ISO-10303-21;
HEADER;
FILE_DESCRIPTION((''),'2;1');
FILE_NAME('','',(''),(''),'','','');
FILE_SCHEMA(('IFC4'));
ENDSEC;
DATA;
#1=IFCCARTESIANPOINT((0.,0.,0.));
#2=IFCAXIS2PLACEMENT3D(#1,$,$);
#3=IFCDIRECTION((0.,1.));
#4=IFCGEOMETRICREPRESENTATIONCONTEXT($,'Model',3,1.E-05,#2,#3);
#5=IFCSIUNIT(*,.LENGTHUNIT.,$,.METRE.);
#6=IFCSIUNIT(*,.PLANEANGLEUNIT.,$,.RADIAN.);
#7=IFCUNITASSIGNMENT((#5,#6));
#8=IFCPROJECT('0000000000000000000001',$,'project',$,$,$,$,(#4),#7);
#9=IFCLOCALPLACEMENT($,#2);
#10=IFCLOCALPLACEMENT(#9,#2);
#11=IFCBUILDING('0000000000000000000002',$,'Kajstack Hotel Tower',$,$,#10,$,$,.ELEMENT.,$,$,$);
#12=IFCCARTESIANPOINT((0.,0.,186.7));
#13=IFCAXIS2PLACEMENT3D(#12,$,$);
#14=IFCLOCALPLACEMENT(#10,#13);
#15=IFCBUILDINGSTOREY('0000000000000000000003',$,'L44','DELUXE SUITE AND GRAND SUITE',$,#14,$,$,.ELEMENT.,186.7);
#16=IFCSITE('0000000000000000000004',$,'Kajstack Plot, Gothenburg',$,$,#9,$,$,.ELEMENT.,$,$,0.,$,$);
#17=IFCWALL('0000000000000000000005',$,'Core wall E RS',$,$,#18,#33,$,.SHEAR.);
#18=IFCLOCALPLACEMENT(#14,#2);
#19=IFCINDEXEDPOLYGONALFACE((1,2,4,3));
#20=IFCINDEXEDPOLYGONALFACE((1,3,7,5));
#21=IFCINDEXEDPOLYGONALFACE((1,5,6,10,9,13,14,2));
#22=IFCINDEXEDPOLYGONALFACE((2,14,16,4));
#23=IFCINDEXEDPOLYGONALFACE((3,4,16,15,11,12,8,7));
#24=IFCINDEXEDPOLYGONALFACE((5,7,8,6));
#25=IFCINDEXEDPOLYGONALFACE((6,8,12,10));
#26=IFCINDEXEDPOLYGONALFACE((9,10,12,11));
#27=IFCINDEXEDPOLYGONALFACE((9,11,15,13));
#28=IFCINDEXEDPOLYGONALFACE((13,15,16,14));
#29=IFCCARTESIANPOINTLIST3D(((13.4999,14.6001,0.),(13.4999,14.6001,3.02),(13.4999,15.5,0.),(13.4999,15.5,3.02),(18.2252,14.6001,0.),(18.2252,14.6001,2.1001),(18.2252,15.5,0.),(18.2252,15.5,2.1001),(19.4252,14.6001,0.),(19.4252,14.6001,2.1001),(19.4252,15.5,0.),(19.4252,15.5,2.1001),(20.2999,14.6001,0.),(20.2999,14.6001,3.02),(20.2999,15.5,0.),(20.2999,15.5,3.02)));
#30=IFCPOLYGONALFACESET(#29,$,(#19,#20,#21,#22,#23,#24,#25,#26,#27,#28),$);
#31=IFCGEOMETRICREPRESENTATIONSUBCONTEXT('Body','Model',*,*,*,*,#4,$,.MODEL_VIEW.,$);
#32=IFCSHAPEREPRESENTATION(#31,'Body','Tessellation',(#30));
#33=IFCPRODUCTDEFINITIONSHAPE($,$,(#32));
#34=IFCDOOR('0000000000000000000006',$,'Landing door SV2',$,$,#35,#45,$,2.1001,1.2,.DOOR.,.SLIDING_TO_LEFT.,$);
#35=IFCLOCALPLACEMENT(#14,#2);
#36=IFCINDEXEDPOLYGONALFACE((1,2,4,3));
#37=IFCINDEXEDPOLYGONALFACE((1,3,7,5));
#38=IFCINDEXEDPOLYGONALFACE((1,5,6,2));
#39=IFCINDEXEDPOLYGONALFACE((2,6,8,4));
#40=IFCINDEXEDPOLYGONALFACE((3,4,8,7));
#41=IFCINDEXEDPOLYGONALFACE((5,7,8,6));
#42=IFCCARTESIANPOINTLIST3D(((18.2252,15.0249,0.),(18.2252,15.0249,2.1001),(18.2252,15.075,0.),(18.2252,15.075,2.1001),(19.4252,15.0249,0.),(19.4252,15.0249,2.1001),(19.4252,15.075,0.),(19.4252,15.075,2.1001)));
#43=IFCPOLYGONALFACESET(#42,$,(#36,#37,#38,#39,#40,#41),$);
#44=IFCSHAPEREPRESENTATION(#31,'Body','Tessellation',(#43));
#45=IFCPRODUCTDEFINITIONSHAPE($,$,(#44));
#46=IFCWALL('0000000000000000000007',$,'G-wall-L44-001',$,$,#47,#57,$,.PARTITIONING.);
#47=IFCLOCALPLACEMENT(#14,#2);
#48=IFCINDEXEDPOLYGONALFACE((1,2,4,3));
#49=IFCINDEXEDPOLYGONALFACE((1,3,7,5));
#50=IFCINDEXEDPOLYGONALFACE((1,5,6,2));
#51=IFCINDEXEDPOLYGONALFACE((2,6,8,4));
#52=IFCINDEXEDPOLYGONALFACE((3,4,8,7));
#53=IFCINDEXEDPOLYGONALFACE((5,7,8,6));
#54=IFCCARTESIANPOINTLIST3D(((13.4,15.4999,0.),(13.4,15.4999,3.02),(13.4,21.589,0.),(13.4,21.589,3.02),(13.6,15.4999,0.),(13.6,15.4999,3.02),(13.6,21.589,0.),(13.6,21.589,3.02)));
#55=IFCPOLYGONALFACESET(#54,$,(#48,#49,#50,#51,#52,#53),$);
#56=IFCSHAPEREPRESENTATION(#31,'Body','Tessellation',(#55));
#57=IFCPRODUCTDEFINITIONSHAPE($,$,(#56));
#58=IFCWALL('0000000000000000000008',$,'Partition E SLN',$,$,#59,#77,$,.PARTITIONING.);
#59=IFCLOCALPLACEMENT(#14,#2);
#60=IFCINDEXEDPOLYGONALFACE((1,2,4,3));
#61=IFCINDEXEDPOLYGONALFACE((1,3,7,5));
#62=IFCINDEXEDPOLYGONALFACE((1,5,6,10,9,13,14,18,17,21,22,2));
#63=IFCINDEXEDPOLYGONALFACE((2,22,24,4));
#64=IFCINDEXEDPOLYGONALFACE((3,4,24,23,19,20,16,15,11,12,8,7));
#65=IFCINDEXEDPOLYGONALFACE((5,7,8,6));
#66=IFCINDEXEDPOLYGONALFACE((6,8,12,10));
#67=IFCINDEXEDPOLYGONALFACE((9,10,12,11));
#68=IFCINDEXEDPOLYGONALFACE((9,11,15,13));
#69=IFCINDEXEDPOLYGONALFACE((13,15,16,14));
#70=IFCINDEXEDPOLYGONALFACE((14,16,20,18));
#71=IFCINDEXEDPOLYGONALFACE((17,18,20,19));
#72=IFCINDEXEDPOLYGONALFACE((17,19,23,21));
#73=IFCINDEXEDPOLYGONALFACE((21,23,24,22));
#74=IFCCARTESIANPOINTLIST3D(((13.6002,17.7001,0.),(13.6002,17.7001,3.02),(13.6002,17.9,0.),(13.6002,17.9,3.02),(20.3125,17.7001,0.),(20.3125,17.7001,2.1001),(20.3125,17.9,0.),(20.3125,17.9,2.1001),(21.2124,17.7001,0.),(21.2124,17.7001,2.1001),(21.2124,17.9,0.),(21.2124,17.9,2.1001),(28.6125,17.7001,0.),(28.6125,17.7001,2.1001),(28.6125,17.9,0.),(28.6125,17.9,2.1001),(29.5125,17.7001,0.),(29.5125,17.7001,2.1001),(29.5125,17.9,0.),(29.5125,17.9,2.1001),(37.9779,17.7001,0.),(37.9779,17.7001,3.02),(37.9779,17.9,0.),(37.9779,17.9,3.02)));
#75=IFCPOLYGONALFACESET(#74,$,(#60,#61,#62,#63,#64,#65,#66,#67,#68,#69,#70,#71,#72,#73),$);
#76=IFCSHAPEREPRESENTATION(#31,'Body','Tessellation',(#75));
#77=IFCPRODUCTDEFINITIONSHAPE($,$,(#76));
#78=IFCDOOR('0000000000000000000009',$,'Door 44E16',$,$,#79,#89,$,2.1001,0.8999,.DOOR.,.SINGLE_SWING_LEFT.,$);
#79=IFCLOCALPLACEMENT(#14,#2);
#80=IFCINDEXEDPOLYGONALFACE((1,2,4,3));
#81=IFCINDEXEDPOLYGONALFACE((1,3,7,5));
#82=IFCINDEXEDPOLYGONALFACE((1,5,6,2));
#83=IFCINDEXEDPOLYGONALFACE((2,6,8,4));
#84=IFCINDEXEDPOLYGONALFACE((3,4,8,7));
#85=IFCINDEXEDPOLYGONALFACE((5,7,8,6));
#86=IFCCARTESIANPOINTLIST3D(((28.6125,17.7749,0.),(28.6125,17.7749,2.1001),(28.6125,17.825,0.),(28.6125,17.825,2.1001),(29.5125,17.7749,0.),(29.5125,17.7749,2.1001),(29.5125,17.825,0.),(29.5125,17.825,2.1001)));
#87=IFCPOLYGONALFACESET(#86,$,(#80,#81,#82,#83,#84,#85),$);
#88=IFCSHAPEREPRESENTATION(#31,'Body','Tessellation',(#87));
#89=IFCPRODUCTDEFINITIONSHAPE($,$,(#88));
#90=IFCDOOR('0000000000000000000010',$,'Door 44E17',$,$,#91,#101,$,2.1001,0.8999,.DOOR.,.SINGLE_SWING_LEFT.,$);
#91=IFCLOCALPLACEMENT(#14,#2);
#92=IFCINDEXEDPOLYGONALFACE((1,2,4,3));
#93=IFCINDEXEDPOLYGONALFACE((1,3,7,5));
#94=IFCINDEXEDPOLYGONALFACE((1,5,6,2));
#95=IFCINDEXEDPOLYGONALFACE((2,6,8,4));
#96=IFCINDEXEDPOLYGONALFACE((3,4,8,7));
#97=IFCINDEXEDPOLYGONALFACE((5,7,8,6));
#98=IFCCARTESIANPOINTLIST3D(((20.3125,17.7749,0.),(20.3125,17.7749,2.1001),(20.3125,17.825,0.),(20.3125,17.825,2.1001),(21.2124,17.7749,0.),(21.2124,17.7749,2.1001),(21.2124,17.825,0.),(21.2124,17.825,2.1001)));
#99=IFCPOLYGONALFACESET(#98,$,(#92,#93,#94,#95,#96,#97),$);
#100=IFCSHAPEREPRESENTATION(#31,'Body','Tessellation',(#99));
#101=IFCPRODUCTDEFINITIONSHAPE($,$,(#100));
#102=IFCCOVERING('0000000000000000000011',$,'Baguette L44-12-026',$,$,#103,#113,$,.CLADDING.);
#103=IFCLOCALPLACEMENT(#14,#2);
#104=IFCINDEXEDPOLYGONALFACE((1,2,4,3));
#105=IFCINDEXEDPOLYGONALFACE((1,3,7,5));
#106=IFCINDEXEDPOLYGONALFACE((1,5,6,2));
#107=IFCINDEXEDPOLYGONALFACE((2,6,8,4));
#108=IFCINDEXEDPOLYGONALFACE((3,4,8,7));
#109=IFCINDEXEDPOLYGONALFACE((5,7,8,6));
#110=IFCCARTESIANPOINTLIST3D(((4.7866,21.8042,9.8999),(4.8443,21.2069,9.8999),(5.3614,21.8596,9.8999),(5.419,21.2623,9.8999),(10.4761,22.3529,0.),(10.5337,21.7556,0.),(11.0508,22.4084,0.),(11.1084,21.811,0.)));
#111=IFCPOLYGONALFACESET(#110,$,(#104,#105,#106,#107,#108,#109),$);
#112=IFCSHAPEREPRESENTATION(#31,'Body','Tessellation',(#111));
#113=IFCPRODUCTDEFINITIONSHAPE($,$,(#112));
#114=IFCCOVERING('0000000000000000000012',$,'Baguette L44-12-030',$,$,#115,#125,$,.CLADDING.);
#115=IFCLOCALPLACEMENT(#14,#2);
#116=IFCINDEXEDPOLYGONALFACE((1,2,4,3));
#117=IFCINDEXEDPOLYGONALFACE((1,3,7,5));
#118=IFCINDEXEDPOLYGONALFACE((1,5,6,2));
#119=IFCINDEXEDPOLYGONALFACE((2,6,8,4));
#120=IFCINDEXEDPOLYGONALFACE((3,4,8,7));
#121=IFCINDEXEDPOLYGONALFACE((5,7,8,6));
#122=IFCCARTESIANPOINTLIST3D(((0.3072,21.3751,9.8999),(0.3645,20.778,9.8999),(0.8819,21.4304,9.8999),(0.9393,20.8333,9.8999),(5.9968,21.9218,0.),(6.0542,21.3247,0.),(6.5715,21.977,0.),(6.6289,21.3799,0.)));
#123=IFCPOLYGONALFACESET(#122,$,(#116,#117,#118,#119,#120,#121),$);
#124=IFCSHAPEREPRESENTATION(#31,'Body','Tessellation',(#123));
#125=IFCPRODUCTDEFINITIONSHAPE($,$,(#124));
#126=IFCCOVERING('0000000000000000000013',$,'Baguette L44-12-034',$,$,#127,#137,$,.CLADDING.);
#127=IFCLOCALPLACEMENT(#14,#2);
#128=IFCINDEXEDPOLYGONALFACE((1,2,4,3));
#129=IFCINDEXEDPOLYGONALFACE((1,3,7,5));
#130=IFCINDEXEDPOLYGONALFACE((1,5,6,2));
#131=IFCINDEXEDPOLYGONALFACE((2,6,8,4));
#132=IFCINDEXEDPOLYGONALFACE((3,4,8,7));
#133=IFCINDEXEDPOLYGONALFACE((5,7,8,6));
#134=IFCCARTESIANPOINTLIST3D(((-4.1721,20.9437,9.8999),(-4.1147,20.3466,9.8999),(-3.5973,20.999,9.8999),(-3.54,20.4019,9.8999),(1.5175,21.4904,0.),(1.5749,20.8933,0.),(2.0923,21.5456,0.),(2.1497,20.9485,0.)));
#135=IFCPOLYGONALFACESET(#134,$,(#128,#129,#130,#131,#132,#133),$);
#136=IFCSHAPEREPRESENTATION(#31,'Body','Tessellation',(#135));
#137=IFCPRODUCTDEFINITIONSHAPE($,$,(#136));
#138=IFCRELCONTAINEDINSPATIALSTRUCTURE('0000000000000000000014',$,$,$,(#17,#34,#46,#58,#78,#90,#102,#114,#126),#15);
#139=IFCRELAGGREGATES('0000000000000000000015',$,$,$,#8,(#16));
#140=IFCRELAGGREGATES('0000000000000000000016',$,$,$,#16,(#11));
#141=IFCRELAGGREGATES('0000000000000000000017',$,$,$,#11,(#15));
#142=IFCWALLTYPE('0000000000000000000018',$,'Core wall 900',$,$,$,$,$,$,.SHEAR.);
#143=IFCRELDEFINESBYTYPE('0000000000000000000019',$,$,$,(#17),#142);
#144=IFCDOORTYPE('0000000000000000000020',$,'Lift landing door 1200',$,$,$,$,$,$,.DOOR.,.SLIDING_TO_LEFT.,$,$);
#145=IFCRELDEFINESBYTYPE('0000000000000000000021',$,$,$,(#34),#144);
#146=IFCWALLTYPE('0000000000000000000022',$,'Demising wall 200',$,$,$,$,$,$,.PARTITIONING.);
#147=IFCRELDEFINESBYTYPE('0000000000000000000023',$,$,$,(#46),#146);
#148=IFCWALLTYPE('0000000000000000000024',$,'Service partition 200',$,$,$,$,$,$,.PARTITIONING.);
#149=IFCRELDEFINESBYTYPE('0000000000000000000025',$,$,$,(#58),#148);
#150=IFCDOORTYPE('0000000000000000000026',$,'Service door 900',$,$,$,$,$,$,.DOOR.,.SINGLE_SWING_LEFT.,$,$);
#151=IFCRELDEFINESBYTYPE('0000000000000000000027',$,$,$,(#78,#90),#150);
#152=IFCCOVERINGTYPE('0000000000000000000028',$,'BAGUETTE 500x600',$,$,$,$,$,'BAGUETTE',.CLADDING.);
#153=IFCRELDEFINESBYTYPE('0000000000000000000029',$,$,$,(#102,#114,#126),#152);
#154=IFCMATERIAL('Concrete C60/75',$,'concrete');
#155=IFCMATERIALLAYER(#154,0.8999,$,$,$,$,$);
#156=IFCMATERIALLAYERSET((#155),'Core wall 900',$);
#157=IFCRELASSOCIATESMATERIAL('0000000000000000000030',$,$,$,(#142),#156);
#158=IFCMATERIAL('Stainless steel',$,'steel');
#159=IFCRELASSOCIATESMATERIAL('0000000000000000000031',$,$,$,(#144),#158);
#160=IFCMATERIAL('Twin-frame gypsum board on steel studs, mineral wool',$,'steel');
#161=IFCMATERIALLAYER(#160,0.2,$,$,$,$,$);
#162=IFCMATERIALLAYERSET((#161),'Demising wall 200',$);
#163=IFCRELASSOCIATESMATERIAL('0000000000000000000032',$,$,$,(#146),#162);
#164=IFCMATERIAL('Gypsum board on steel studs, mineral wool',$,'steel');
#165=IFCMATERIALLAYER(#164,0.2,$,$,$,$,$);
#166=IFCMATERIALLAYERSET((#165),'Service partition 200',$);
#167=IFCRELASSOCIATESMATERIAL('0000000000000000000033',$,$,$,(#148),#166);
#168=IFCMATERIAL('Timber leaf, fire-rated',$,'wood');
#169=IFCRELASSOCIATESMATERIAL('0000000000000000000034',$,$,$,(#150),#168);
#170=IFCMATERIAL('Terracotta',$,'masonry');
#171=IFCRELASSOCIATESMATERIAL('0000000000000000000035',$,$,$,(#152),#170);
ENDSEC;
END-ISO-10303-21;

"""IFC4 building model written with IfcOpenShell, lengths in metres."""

from ifc_helpers import new_model, si_unit, direction, frame, frame_2d, origin, origin_2d, place, context, subcontext, project, spatial, polyline, rectangle, outline, extrude, material, layer, layer_set, material_profile, profile_set, type_object, element, fill, save


model = new_model("IFC4")

# Units and contexts
model_context = context("Model", 3, precision=1e-05, world=origin(), true_north=direction((0.0, 1.0)))
body_context = subcontext(model_context, "Body", "Model", "MODEL_VIEW")
ifc_project = project(units=[si_unit("LENGTHUNIT", "METRE"), si_unit("PLANEANGLEUNIT", "RADIAN")], contexts=[model_context])

# Site, building, storey
site_placement = place(None, origin())
site = spatial("IfcSite", under=ifc_project, at=site_placement, Name="Kajstack Plot, Gothenburg", CompositionType="ELEMENT", RefElevation=0.0)
building_placement = place(site_placement, origin())
building = spatial("IfcBuilding", under=site, at=building_placement, Name="Kajstack Hotel Tower", CompositionType="ELEMENT")
storey_placement = place(building_placement, frame((0.0, 0.0, 186.7)))
storey = spatial("IfcBuildingStorey", under=building, at=storey_placement, Name="L44", Description="DELUXE SUITE AND GRAND SUITE", CompositionType="ELEMENT", Elevation=186.7)

# Wall, opening, door
ifc_material_1 = material(Name="Concrete C60/75", Category="concrete")
ifc_layer_1 = layer(ifc_material_1, 0.8999)
ifc_layer_set_1 = layer_set([ifc_layer_1], Name="Core wall 900")
wall_type_1 = type_object("IfcWallType", Name="Core wall 900", PredefinedType="SHEAR", material=ifc_layer_set_1)
wall_1_placement = place(storey_placement, frame((13.5, 15.05, 0.0), z_axis=(0.0, 0.0, 1.0), x_axis=(1.0, 0.0, 0.0)))
wall_1 = element("IfcWall", 1, at=wall_1_placement, inside=storey, type_object=wall_type_1, Name="Core wall E RS", PredefinedType="SHEAR", context=body_context, shape_type="SweptSolid", body=[
    extrude(rectangle(XDim=6.8, YDim=0.8999, at=frame_2d((3.3999, 0.0))), origin(), (0.0, 0.0, 1.0), 3.02),
])
opening_1_placement = place(wall_1_placement, frame((4.7251, 0.0, 0.0)))
opening_1 = element("IfcOpeningElement", 2, at=opening_1_placement, cuts=wall_1, PredefinedType="OPENING", context=body_context, shape_type="SweptSolid", body=[
    extrude(rectangle(XDim=1.2, YDim=2.1001, at=frame_2d((0.6001, 1.05))), frame((0.0, 0.46, 0.0), z_axis=(0.0, -1.0, 0.0), x_axis=(1.0, 0.0, 0.0)), (0.0, 0.0, 1.0), 0.9199),
])
ifc_material_2 = material(Name="Stainless steel", Category="steel")
door_type_1 = type_object("IfcDoorType", Name="Lift landing door 1200", OperationType="SLIDING_TO_LEFT", PredefinedType="DOOR", material=ifc_material_2)
door_1_placement = place(opening_1_placement, origin())
door_1 = element("IfcDoor", 3, at=door_1_placement, inside=storey, type_object=door_type_1, Name="Landing door SV2", OperationType="SLIDING_TO_LEFT", OverallHeight=2.1001, OverallWidth=1.2, PredefinedType="DOOR", context=body_context, shape_type="SweptSolid", body=[
    extrude(rectangle(XDim=1.2, YDim=2.1001, at=frame_2d((0.6001, 1.05))), frame((0.0, 0.0249, 0.0), z_axis=(0.0, -1.0, 0.0), x_axis=(1.0, 0.0, 0.0)), (0.0, 0.0, 1.0), 0.05),
])
fill(opening_1, door_1)

# Wall
ifc_material_3 = material(Name="Twin-frame gypsum board on steel studs, mineral wool", Category="steel")
ifc_layer_2 = layer(ifc_material_3, 0.2)
ifc_layer_set_2 = layer_set([ifc_layer_2], Name="Demising wall 200")
wall_type_2 = type_object("IfcWallType", Name="Demising wall 200", PredefinedType="PARTITIONING", material=ifc_layer_set_2)
wall_2_placement = place(storey_placement, frame((13.5, 15.5, 0.0), z_axis=(0.0, 0.0, 1.0), x_axis=(0.0, 1.0, 0.0)))
element("IfcWall", 4, at=wall_2_placement, inside=storey, type_object=wall_type_2, Name="G-wall-L44-001", PredefinedType="PARTITIONING", context=body_context, shape_type="SweptSolid", body=[
    extrude(rectangle(XDim=6.0891, YDim=0.2, at=frame_2d((3.0444, 0.0))), origin(), (0.0, 0.0, 1.0), 3.02),
])

# Wall, openings, doors
ifc_material_4 = material(Name="Gypsum board on steel studs, mineral wool", Category="steel")
ifc_layer_3 = layer(ifc_material_4, 0.2)
ifc_layer_set_3 = layer_set([ifc_layer_3], Name="Service partition 200")
wall_type_3 = type_object("IfcWallType", Name="Service partition 200", PredefinedType="PARTITIONING", material=ifc_layer_set_3)
wall_3_placement = place(storey_placement, frame((13.6001, 17.8, 0.0), z_axis=(0.0, 0.0, 1.0), x_axis=(1.0, 0.0, 0.0)))
wall_3 = element("IfcWall", 5, at=wall_3_placement, inside=storey, type_object=wall_type_3, Name="Partition E SLN", PredefinedType="PARTITIONING", context=body_context, shape_type="SweptSolid", body=[
    extrude(rectangle(XDim=24.3777, YDim=0.2, at=frame_2d((12.189, 0.0))), origin(), (0.0, 0.0, 1.0), 3.02),
])
opening_2_placement = place(wall_3_placement, frame((15.0125, 0.0, 0.0)))
opening_2 = element("IfcOpeningElement", 6, at=opening_2_placement, cuts=wall_3, PredefinedType="OPENING", context=body_context, shape_type="SweptSolid", body=[
    extrude(rectangle(XDim=0.8999, YDim=2.1001, at=frame_2d((0.45, 1.05))), frame((0.0, 0.1099, 0.0), z_axis=(0.0, -1.0, 0.0), x_axis=(1.0, 0.0, 0.0)), (0.0, 0.0, 1.0), 0.22),
])
opening_3_placement = place(wall_3_placement, frame((6.7124, 0.0, 0.0)))
opening_3 = element("IfcOpeningElement", 7, at=opening_3_placement, cuts=wall_3, PredefinedType="OPENING", context=body_context, shape_type="SweptSolid", body=[
    extrude(rectangle(XDim=0.8999, YDim=2.1001, at=frame_2d((0.45, 1.05))), frame((0.0, 0.1099, 0.0), z_axis=(0.0, -1.0, 0.0), x_axis=(1.0, 0.0, 0.0)), (0.0, 0.0, 1.0), 0.22),
])
ifc_material_5 = material(Name="Timber leaf, fire-rated", Category="wood")
door_type_2 = type_object("IfcDoorType", Name="Service door 900", OperationType="SINGLE_SWING_LEFT", PredefinedType="DOOR", material=ifc_material_5)
door_2_placement = place(opening_2_placement, origin())
door_2 = element("IfcDoor", 8, at=door_2_placement, inside=storey, type_object=door_type_2, Name="Door 44E16", OperationType="SINGLE_SWING_LEFT", OverallHeight=2.1001, OverallWidth=0.8999, PredefinedType="DOOR", context=body_context, shape_type="SweptSolid", body=[
    extrude(rectangle(XDim=0.8999, YDim=2.1001, at=frame_2d((0.45, 1.05))), frame((0.0, 0.0249, 0.0), z_axis=(0.0, -1.0, 0.0), x_axis=(1.0, 0.0, 0.0)), (0.0, 0.0, 1.0), 0.05),
])
fill(opening_2, door_2)
door_3_placement = place(opening_3_placement, origin())
door_3 = element("IfcDoor", 9, at=door_3_placement, inside=storey, type_object=door_type_2, Name="Door 44E17", OperationType="SINGLE_SWING_LEFT", OverallHeight=2.1001, OverallWidth=0.8999, PredefinedType="DOOR", context=body_context, shape_type="SweptSolid", body=[
    extrude(rectangle(XDim=0.8999, YDim=2.1001, at=frame_2d((0.45, 1.05))), frame((0.0, 0.0249, 0.0), z_axis=(0.0, -1.0, 0.0), x_axis=(1.0, 0.0, 0.0)), (0.0, 0.0, 1.0), 0.05),
])
fill(opening_3, door_3)

# Coverings
ifc_material_6 = material(Name="Terracotta", Category="masonry")
ifc_material_profile = material_profile(ifc_material_6, rectangle(XDim=0.6001, YDim=0.5, at=origin_2d()), Name="Terracotta-clad concrete baguette 500 x 600")
ifc_profile_set = profile_set([ifc_material_profile], Name="Terracotta")
covering_type = type_object("IfcCoveringType", Name="BAGUETTE 500x600", ElementType="BAGUETTE", PredefinedType="CLADDING", material=ifc_profile_set)
covering_placement = place(storey_placement, frame((11.1084, 21.811, 0.0), z_axis=(-0.095999, 0.995381, 0.0), x_axis=(-0.995381, -0.095999, 0.0)))
element("IfcCovering", 10, at=covering_placement, inside=storey, type_object=covering_type, Name="Baguette L44-12-026", PredefinedType="CLADDING", context=body_context, shape_type="SweptSolid", body=[
    extrude(outline(polyline([(5.7158, 9.8999), (0.0, 0.0), (0.5774, 0.0), (6.2932, 9.8999), (5.7158, 9.8999)])), origin(), (0.0, 0.0, 1.0), 0.6001),
])
for number, where, z_axis, x_axis, name in (
    (11, (6.6289, 21.3799, 0.0), (-0.095635, 0.995416, 0.0), (-0.995416, -0.095635, 0.0), "Baguette L44-12-030"),
    (12, (2.1497, 20.9485, 0.0), (-0.095635, 0.995416, 0.0), (-0.995416, -0.095635, 0.0), "Baguette L44-12-034"),
):
    element("IfcCovering", number, at=place(storey_placement, frame(where, z_axis=z_axis, x_axis=x_axis)), inside=storey, type_object=covering_type, Name=name, PredefinedType="CLADDING", context=body_context, shape_type="SweptSolid", body=[
        extrude(outline(polyline([(5.7158, 9.8999), (0.0, 0.0), (0.5774, 0.0), (6.2932, 9.8999), (5.7158, 9.8999)])), origin(), (0.0, 0.0, 1.0), 0.5999),
    ])

save(model, "model.ifc")
